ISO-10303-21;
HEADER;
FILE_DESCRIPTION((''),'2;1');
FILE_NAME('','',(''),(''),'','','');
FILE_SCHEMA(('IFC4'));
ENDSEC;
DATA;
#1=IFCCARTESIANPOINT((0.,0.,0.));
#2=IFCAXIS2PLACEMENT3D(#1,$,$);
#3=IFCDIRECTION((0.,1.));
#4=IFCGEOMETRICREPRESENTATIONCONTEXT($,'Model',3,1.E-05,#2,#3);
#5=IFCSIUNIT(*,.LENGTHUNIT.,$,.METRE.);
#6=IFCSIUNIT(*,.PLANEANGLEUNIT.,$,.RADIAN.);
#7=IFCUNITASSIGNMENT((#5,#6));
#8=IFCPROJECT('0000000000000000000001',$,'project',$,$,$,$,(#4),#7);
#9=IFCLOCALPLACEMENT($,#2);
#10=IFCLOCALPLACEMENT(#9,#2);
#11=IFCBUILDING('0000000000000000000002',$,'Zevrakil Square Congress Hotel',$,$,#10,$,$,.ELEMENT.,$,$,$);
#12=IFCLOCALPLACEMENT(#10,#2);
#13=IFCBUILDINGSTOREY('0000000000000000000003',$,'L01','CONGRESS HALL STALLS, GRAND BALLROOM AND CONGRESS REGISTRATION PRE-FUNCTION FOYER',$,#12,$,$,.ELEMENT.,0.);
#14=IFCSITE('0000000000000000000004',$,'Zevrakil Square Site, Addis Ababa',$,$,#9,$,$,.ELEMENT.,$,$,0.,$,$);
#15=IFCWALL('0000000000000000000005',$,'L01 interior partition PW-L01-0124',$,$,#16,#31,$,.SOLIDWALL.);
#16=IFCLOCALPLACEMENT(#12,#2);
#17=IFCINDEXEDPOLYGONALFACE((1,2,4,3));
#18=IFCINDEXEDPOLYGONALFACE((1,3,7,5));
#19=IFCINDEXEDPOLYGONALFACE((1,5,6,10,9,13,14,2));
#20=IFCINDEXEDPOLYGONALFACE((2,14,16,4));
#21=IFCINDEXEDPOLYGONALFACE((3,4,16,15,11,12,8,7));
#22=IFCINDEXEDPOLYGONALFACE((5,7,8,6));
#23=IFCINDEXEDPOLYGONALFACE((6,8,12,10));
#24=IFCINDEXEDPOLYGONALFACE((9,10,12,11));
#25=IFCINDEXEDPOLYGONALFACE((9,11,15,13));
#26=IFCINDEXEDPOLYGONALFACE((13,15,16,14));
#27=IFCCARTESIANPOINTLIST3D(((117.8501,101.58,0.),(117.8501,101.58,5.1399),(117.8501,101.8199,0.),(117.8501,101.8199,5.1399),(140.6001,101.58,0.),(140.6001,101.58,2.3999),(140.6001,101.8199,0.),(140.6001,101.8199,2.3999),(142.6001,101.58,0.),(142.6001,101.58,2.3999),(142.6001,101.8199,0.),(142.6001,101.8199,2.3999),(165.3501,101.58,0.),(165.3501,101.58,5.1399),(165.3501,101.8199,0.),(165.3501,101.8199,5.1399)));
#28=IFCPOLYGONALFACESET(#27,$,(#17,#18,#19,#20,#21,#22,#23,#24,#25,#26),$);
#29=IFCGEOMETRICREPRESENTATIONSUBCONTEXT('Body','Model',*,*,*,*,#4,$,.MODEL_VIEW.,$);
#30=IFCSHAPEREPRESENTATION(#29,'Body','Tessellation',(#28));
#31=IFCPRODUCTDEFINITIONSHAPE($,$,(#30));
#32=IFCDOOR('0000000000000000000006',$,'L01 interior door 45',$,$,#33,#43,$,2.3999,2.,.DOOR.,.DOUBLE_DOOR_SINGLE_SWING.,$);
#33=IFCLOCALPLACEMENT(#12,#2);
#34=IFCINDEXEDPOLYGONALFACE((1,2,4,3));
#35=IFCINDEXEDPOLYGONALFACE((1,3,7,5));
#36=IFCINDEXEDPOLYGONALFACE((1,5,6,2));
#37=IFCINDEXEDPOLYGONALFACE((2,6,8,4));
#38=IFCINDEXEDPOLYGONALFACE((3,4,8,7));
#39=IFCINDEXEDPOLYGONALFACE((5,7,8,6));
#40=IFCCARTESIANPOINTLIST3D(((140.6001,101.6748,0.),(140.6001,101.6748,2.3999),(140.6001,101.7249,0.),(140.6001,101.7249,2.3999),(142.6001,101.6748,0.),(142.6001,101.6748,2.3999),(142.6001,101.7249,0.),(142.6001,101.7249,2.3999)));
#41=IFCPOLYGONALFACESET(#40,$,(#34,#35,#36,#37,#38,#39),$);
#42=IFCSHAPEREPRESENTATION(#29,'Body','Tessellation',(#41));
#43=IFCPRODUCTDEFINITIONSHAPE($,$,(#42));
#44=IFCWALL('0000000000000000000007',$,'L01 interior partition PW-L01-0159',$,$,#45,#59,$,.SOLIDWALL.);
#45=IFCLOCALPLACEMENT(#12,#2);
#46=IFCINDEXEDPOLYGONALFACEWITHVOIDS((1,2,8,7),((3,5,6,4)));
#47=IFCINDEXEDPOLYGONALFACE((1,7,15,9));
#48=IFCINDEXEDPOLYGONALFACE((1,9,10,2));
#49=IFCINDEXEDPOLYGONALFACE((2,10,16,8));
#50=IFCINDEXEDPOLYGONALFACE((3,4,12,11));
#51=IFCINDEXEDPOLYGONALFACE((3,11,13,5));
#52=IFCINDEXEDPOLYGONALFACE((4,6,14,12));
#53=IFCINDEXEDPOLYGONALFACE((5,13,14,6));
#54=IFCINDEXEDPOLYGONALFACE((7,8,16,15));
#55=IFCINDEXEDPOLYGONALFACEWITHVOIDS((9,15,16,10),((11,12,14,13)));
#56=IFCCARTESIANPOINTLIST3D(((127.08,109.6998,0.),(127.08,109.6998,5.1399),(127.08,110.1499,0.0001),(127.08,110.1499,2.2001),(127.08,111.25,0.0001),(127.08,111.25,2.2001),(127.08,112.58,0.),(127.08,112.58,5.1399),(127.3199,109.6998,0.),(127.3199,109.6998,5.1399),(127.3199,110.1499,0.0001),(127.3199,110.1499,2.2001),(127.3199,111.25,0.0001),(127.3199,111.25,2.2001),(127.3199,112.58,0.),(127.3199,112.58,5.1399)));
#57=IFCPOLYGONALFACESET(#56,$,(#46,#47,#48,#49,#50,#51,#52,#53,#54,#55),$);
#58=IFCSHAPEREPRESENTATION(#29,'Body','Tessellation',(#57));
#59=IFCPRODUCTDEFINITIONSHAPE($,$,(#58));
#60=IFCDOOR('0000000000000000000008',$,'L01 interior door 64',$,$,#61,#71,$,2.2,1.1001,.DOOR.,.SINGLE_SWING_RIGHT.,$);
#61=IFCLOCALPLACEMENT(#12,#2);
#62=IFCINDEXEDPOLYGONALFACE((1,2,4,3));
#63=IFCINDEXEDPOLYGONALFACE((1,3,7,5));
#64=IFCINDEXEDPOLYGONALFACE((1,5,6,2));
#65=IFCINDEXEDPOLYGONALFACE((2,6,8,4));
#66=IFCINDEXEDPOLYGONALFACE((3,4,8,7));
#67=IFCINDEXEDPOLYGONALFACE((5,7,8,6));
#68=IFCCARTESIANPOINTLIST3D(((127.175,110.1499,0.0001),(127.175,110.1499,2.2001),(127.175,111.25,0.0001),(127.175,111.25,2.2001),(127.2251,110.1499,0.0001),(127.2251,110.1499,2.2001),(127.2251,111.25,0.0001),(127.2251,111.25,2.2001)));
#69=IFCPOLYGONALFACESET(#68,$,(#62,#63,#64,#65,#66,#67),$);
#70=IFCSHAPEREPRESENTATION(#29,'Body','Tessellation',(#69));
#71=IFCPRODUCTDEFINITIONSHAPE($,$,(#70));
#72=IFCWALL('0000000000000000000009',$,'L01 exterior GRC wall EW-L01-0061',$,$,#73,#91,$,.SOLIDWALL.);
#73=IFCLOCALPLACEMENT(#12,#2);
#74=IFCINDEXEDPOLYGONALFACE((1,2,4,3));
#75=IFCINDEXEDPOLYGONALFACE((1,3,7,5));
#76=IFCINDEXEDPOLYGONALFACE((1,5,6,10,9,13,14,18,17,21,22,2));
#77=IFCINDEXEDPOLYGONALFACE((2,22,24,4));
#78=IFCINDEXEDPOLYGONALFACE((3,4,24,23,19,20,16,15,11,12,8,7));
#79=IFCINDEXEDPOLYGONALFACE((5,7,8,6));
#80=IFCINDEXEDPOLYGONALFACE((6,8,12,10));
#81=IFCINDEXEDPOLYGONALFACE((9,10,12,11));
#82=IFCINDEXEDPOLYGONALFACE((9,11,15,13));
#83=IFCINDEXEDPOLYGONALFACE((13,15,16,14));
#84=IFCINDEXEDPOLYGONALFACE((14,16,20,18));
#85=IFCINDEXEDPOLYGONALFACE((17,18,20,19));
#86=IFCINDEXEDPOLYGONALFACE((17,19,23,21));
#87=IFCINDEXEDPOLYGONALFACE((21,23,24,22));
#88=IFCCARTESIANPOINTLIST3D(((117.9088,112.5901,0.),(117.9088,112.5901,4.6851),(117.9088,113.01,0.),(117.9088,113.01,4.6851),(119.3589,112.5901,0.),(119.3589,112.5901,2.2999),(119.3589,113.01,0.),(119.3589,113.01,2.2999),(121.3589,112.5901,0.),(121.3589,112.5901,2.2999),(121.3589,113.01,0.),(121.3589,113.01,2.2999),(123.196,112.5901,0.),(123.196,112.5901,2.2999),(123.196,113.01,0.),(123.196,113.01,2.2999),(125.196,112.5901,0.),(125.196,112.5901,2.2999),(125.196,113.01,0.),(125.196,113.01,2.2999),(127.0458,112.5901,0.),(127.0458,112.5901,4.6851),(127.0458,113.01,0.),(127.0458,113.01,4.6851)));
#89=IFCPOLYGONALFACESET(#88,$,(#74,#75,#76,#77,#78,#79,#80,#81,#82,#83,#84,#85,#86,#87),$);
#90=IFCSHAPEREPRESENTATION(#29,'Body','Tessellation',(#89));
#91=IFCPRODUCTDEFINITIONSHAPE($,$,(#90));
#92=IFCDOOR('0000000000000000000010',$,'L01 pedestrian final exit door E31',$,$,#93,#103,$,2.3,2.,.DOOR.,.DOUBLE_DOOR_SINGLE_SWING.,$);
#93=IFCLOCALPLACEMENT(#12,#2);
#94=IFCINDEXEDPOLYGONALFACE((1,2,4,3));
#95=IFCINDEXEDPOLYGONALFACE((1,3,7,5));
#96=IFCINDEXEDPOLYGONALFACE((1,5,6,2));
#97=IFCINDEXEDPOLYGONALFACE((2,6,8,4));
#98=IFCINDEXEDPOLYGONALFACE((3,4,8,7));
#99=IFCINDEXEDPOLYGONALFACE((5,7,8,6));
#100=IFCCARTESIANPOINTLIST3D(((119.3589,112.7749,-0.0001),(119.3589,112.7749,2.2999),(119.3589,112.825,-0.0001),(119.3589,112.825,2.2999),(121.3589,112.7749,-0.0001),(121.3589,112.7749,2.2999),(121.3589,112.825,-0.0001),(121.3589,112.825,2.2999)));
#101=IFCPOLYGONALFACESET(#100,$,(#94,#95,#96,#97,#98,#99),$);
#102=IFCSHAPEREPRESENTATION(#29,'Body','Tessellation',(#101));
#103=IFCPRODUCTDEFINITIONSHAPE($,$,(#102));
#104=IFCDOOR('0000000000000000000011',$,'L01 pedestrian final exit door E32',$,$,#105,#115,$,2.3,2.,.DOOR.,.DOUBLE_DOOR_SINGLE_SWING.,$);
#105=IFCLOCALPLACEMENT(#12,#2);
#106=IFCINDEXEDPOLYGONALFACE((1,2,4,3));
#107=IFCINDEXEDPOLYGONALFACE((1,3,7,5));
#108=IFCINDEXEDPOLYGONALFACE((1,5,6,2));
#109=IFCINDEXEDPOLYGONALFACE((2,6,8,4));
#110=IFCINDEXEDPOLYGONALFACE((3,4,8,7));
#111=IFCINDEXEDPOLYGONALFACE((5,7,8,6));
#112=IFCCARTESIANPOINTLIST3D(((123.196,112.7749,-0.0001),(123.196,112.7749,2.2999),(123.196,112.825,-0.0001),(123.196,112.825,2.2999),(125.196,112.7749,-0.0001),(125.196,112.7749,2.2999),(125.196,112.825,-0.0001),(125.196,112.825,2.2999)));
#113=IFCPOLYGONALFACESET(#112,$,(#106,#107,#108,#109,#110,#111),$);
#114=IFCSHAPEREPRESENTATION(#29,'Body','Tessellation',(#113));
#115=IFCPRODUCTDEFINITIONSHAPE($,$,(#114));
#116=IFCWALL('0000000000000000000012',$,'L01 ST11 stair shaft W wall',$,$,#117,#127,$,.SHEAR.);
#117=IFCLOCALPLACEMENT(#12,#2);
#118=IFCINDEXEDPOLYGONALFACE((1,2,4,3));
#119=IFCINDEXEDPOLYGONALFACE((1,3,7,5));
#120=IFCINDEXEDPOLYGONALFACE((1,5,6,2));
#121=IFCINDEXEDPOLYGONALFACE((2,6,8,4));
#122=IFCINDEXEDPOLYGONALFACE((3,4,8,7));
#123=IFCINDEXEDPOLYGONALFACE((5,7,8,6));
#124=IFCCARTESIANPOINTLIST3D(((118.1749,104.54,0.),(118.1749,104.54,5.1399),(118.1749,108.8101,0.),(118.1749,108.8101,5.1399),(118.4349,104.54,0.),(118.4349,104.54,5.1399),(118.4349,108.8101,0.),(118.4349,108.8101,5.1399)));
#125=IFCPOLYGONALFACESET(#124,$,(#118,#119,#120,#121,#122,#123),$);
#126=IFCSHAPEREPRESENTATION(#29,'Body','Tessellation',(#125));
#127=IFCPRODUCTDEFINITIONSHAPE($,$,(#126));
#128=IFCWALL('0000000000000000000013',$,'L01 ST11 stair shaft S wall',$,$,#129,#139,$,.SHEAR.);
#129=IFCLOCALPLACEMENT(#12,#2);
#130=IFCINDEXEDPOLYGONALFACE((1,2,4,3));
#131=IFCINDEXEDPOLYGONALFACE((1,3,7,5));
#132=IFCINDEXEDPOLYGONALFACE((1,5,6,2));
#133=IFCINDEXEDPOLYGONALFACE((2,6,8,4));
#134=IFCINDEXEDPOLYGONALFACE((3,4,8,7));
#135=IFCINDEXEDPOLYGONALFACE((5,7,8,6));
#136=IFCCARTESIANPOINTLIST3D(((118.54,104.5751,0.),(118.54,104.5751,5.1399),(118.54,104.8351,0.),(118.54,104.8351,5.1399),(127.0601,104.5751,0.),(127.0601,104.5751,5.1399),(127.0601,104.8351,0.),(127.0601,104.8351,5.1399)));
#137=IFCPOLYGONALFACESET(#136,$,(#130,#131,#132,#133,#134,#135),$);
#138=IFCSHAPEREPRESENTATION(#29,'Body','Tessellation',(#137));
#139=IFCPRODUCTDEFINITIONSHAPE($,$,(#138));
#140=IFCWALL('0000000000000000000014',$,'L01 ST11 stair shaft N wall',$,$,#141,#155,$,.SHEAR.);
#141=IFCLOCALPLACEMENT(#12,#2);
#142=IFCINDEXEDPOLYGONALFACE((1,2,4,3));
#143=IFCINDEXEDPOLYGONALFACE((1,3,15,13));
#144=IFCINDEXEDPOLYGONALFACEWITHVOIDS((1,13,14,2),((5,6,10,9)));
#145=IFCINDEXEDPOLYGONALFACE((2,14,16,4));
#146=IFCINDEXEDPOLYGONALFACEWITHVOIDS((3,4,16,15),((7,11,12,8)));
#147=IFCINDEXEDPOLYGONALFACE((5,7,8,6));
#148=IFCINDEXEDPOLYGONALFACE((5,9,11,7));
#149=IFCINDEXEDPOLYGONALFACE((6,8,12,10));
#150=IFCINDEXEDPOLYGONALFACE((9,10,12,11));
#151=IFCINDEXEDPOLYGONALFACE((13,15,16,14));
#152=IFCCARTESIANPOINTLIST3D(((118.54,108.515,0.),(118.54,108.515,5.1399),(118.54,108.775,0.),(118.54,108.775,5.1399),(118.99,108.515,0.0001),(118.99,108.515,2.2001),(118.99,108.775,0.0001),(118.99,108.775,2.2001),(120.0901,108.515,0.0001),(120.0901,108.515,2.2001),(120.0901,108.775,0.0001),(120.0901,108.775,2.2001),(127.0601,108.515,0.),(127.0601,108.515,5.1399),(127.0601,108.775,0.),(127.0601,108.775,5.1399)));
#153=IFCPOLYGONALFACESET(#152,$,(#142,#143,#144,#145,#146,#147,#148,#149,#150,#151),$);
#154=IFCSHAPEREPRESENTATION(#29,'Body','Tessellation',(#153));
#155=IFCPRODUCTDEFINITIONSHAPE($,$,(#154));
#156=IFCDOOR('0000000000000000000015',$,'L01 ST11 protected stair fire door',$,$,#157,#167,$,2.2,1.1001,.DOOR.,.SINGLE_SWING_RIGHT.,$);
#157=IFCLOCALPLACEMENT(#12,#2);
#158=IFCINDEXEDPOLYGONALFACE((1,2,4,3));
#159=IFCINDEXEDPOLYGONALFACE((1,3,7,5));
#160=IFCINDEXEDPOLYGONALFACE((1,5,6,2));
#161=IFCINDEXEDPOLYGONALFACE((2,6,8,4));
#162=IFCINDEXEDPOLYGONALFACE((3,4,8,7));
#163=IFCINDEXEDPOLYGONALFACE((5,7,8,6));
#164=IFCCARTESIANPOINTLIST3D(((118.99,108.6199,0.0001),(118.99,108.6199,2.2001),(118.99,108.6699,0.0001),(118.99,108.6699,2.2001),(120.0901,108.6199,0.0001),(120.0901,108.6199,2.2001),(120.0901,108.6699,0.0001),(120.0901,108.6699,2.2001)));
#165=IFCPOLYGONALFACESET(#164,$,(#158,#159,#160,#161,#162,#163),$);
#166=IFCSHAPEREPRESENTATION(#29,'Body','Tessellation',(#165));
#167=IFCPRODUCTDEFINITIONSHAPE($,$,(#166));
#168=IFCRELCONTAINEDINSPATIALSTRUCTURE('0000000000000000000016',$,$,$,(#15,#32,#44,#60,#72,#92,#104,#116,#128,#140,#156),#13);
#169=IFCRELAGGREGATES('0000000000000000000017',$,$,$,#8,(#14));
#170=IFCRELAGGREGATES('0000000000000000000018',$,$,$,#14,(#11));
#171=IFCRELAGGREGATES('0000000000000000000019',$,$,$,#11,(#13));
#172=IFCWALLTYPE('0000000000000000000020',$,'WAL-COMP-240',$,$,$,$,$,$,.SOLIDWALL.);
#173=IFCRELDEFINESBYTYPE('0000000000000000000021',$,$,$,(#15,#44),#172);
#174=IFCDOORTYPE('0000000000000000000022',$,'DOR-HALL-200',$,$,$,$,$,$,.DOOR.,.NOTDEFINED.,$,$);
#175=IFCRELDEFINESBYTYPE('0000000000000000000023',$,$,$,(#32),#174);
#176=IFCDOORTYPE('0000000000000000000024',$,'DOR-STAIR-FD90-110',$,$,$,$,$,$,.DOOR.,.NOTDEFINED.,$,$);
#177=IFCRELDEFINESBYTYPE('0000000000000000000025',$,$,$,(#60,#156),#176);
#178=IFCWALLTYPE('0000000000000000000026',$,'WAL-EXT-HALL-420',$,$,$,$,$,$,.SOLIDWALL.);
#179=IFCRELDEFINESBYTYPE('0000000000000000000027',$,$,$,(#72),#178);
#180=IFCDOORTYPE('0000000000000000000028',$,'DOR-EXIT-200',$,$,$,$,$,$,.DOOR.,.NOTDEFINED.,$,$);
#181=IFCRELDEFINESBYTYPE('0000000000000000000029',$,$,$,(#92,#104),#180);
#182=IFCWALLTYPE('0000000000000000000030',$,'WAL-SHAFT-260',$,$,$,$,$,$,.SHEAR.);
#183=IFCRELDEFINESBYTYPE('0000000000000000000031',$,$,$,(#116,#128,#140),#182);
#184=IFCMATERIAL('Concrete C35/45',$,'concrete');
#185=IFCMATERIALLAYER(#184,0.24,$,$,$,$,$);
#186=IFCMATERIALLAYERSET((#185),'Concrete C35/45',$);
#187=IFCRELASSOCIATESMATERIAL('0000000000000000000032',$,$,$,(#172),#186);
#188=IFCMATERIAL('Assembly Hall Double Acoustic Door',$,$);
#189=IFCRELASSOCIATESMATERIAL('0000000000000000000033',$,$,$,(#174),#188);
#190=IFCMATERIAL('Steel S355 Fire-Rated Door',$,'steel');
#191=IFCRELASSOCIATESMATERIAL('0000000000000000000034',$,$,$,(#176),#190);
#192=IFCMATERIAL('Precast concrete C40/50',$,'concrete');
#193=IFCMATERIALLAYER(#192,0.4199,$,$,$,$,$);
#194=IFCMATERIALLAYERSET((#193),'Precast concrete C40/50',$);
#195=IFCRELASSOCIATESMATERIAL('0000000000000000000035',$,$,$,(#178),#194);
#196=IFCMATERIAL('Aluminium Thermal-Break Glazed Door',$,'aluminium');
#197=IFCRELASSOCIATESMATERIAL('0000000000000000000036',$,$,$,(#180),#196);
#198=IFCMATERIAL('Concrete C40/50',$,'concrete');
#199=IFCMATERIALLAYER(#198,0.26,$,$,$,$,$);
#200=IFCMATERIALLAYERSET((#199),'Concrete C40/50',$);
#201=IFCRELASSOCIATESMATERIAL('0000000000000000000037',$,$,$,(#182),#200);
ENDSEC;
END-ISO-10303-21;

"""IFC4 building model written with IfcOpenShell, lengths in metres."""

from ifc_helpers import new_model, si_unit, direction, frame, frame_2d, origin, place, context, subcontext, project, spatial, rectangle, extrude, material, layer, layer_set, type_object, element, fill, save


model = new_model("IFC4")

# Units and contexts
model_context = context("Model", 3, precision=1e-05, world=origin(), true_north=direction((0.0, 1.0)))
body_context = subcontext(model_context, "Body", "Model", "MODEL_VIEW")
ifc_project = project(units=[si_unit("LENGTHUNIT", "METRE"), si_unit("PLANEANGLEUNIT", "RADIAN")], contexts=[model_context])

# Site, building, storey
site_placement = place(None, origin())
site = spatial("IfcSite", under=ifc_project, at=site_placement, Name="Zevrakil Square Site, Addis Ababa", CompositionType="ELEMENT", RefElevation=0.0)
building_placement = place(site_placement, origin())
building = spatial("IfcBuilding", under=site, at=building_placement, Name="Zevrakil Square Congress Hotel", CompositionType="ELEMENT")
storey_placement = place(building_placement, origin())
storey = spatial("IfcBuildingStorey", under=building, at=storey_placement, Name="L01", Description="CONGRESS HALL STALLS, GRAND BALLROOM AND CONGRESS REGISTRATION PRE-FUNCTION FOYER", CompositionType="ELEMENT", Elevation=0.0)

# Wall, opening, door
ifc_material_1 = material(Name="Concrete C35/45", Category="concrete")
ifc_layer_1 = layer(ifc_material_1, 0.24)
ifc_layer_set_1 = layer_set([ifc_layer_1], Name="Concrete C35/45")
wall_type_1 = type_object("IfcWallType", Name="WAL-COMP-240", PredefinedType="SOLIDWALL", material=ifc_layer_set_1)
wall_1_placement = place(storey_placement, frame((117.8501, 101.7, 0.0), z_axis=(0.0, 0.0, 1.0), x_axis=(1.0, 0.0, 0.0)))
wall_1 = element("IfcWall", 1, at=wall_1_placement, inside=storey, type_object=wall_type_1, Name="L01 interior partition PW-L01-0124", PredefinedType="SOLIDWALL", context=body_context, shape_type="SweptSolid", body=[
    extrude(rectangle(XDim=47.5, YDim=0.24, at=frame_2d((23.75, 0.0))), origin(), (0.0, 0.0, 1.0), 5.1399),
])
opening_1_placement = place(wall_1_placement, frame((22.75, 0.0, 0.0)))
opening_1 = element("IfcOpeningElement", 2, at=opening_1_placement, cuts=wall_1, PredefinedType="OPENING", context=body_context, shape_type="SweptSolid", body=[
    extrude(rectangle(XDim=2.0, YDim=2.3999, at=frame_2d((1.0, 1.2))), frame((0.0, 0.1299, 0.0), z_axis=(0.0, -1.0, 0.0), x_axis=(1.0, 0.0, 0.0)), (0.0, 0.0, 1.0), 0.26),
])
ifc_material_2 = material(Name="Assembly Hall Double Acoustic Door")
door_type_1 = type_object("IfcDoorType", Name="DOR-HALL-200", OperationType="NOTDEFINED", PredefinedType="DOOR", material=ifc_material_2)
door_1_placement = place(opening_1_placement, origin())
door_1 = element("IfcDoor", 3, at=door_1_placement, inside=storey, type_object=door_type_1, Name="L01 interior door 45", OperationType="DOUBLE_DOOR_SINGLE_SWING", OverallHeight=2.3999, OverallWidth=2.0, PredefinedType="DOOR", context=body_context, shape_type="SweptSolid", body=[
    extrude(rectangle(XDim=2.0, YDim=2.3999, at=frame_2d((1.0, 1.2))), frame((0.0, 0.0249, 0.0), z_axis=(0.0, -1.0, 0.0), x_axis=(1.0, 0.0, 0.0)), (0.0, 0.0, 1.0), 0.05),
])
fill(opening_1, door_1)

# Wall, opening, door
wall_2_placement = place(storey_placement, frame((127.2, 109.7, 0.0), z_axis=(0.0, 0.0, 1.0), x_axis=(0.0, 1.0, 0.0)))
wall_2 = element("IfcWall", 4, at=wall_2_placement, inside=storey, type_object=wall_type_1, Name="L01 interior partition PW-L01-0159", PredefinedType="SOLIDWALL", context=body_context, shape_type="SweptSolid", body=[
    extrude(rectangle(XDim=2.8801, YDim=0.24, at=frame_2d((1.4399, 0.0))), origin(), (0.0, 0.0, 1.0), 5.1399),
])
opening_2_placement = place(wall_2_placement, frame((0.45, 0.0, 0.0)))
opening_2 = element("IfcOpeningElement", 5, at=opening_2_placement, cuts=wall_2, PredefinedType="OPENING", context=body_context, shape_type="SweptSolid", body=[
    extrude(rectangle(XDim=1.1001, YDim=2.2, at=frame_2d((0.55, 1.1001))), frame((0.0, 0.1299, 0.0), z_axis=(0.0, -1.0, 0.0), x_axis=(1.0, 0.0, 0.0)), (0.0, 0.0, 1.0), 0.26),
])
ifc_material_3 = material(Name="Steel S355 Fire-Rated Door", Category="steel")
door_type_2 = type_object("IfcDoorType", Name="DOR-STAIR-FD90-110", OperationType="NOTDEFINED", PredefinedType="DOOR", material=ifc_material_3)
door_2_placement = place(opening_2_placement, origin())
door_2 = element("IfcDoor", 6, at=door_2_placement, inside=storey, type_object=door_type_2, Name="L01 interior door 64", OperationType="SINGLE_SWING_RIGHT", OverallHeight=2.2, OverallWidth=1.1001, PredefinedType="DOOR", context=body_context, shape_type="SweptSolid", body=[
    extrude(rectangle(XDim=1.1001, YDim=2.2, at=frame_2d((0.55, 1.1001))), frame((0.0, 0.0249, 0.0), z_axis=(0.0, -1.0, 0.0), x_axis=(1.0, 0.0, 0.0)), (0.0, 0.0, 1.0), 0.05),
])
fill(opening_2, door_2)

# Wall, openings, doors
ifc_material_4 = material(Name="Precast concrete C40/50", Category="concrete")
ifc_layer_2 = layer(ifc_material_4, 0.4199)
ifc_layer_set_2 = layer_set([ifc_layer_2], Name="Precast concrete C40/50")
wall_type_2 = type_object("IfcWallType", Name="WAL-EXT-HALL-420", PredefinedType="SOLIDWALL", material=ifc_layer_set_2)
wall_3_placement = place(storey_placement, frame((117.9089, 112.8, 0.0), z_axis=(0.0, 0.0, 1.0), x_axis=(1.0, 0.0, 0.0)))
wall_3 = element("IfcWall", 7, at=wall_3_placement, inside=storey, type_object=wall_type_2, Name="L01 exterior GRC wall EW-L01-0061", PredefinedType="SOLIDWALL", context=body_context, shape_type="SweptSolid", body=[
    extrude(rectangle(XDim=9.137, YDim=0.4199, at=frame_2d((4.5684, 0.0))), origin(), (0.0, 0.0, 1.0), 4.6851),
])
opening_3_placement = place(wall_3_placement, frame((1.45, 0.0, 0.0)))
opening_3 = element("IfcOpeningElement", 8, at=opening_3_placement, cuts=wall_3, PredefinedType="OPENING", context=body_context, shape_type="SweptSolid", body=[
    extrude(rectangle(XDim=2.0, YDim=2.3, at=frame_2d((1.0, 1.1499))), frame((0.0, 0.22, 0.0), z_axis=(0.0, -1.0, 0.0), x_axis=(1.0, 0.0, 0.0)), (0.0, 0.0, 1.0), 0.4399),
])
opening_4_placement = place(wall_3_placement, frame((5.2871, 0.0, 0.0)))
opening_4 = element("IfcOpeningElement", 9, at=opening_4_placement, cuts=wall_3, PredefinedType="OPENING", context=body_context, shape_type="SweptSolid", body=[
    extrude(rectangle(XDim=2.0, YDim=2.3, at=frame_2d((1.0, 1.1499))), frame((0.0, 0.22, 0.0), z_axis=(0.0, -1.0, 0.0), x_axis=(1.0, 0.0, 0.0)), (0.0, 0.0, 1.0), 0.4399),
])
ifc_material_5 = material(Name="Aluminium Thermal-Break Glazed Door", Category="aluminium")
door_type_3 = type_object("IfcDoorType", Name="DOR-EXIT-200", OperationType="NOTDEFINED", PredefinedType="DOOR", material=ifc_material_5)
door_3_placement = place(opening_3_placement, origin())
door_3 = element("IfcDoor", 10, at=door_3_placement, inside=storey, type_object=door_type_3, Name="L01 pedestrian final exit door E31", OperationType="DOUBLE_DOOR_SINGLE_SWING", OverallHeight=2.3, OverallWidth=2.0, PredefinedType="DOOR", context=body_context, shape_type="SweptSolid", body=[
    extrude(rectangle(XDim=2.0, YDim=2.3, at=frame_2d((1.0, 1.1499))), frame((0.0, 0.0249, 0.0), z_axis=(0.0, -1.0, 0.0), x_axis=(1.0, 0.0, 0.0)), (0.0, 0.0, 1.0), 0.05),
])
fill(opening_3, door_3)
door_4_placement = place(opening_4_placement, origin())
door_4 = element("IfcDoor", 11, at=door_4_placement, inside=storey, type_object=door_type_3, Name="L01 pedestrian final exit door E32", OperationType="DOUBLE_DOOR_SINGLE_SWING", OverallHeight=2.3, OverallWidth=2.0, PredefinedType="DOOR", context=body_context, shape_type="SweptSolid", body=[
    extrude(rectangle(XDim=2.0, YDim=2.3, at=frame_2d((1.0, 1.1499))), frame((0.0, 0.0249, 0.0), z_axis=(0.0, -1.0, 0.0), x_axis=(1.0, 0.0, 0.0)), (0.0, 0.0, 1.0), 0.05),
])
fill(opening_4, door_4)

# Walls
ifc_material_6 = material(Name="Concrete C40/50", Category="concrete")
ifc_layer_3 = layer(ifc_material_6, 0.26)
ifc_layer_set_3 = layer_set([ifc_layer_3], Name="Concrete C40/50")
wall_type_3 = type_object("IfcWallType", Name="WAL-SHAFT-260", PredefinedType="SHEAR", material=ifc_layer_set_3)
wall_4_placement = place(storey_placement, frame((118.3049, 104.54, 0.0), z_axis=(0.0, 0.0, 1.0), x_axis=(0.0, 1.0, 0.0)))
element("IfcWall", 12, at=wall_4_placement, inside=storey, type_object=wall_type_3, Name="L01 ST11 stair shaft W wall", PredefinedType="SHEAR", context=body_context, shape_type="SweptSolid", body=[
    extrude(rectangle(XDim=4.27, YDim=0.26, at=frame_2d((2.135, 0.0))), origin(), (0.0, 0.0, 1.0), 5.1399),
])
wall_5_placement = place(storey_placement, frame((118.54, 104.7051, 0.0), z_axis=(0.0, 0.0, 1.0), x_axis=(1.0, 0.0, 0.0)))
element("IfcWall", 13, at=wall_5_placement, inside=storey, type_object=wall_type_3, Name="L01 ST11 stair shaft S wall", PredefinedType="SHEAR", context=body_context, shape_type="SweptSolid", body=[
    extrude(rectangle(XDim=8.52, YDim=0.26, at=frame_2d((4.26, 0.0))), origin(), (0.0, 0.0, 1.0), 5.1399),
])

# Wall, opening, door
wall_6_placement = place(storey_placement, frame((118.54, 108.645, 0.0), z_axis=(0.0, 0.0, 1.0), x_axis=(1.0, 0.0, 0.0)))
wall_6 = element("IfcWall", 14, at=wall_6_placement, inside=storey, type_object=wall_type_3, Name="L01 ST11 stair shaft N wall", PredefinedType="SHEAR", context=body_context, shape_type="SweptSolid", body=[
    extrude(rectangle(XDim=8.52, YDim=0.26, at=frame_2d((4.26, 0.0))), origin(), (0.0, 0.0, 1.0), 5.1399),
])
opening_5_placement = place(wall_6_placement, frame((0.45, 0.0, 0.0)))
opening_5 = element("IfcOpeningElement", 15, at=opening_5_placement, cuts=wall_6, PredefinedType="OPENING", context=body_context, shape_type="SweptSolid", body=[
    extrude(rectangle(XDim=1.1001, YDim=2.2, at=frame_2d((0.55, 1.1001))), frame((0.0, 0.1401, 0.0), z_axis=(0.0, -1.0, 0.0), x_axis=(1.0, 0.0, 0.0)), (0.0, 0.0, 1.0), 0.28),
])
door_5_placement = place(opening_5_placement, origin())
door_5 = element("IfcDoor", 16, at=door_5_placement, inside=storey, type_object=door_type_2, Name="L01 ST11 protected stair fire door", OperationType="SINGLE_SWING_RIGHT", OverallHeight=2.2, OverallWidth=1.1001, PredefinedType="DOOR", context=body_context, shape_type="SweptSolid", body=[
    extrude(rectangle(XDim=1.1001, YDim=2.2, at=frame_2d((0.55, 1.1001))), frame((0.0, 0.0249, 0.0), z_axis=(0.0, -1.0, 0.0), x_axis=(1.0, 0.0, 0.0)), (0.0, 0.0, 1.0), 0.05),
])
fill(opening_5, door_5)

save(model, "model.ifc")
